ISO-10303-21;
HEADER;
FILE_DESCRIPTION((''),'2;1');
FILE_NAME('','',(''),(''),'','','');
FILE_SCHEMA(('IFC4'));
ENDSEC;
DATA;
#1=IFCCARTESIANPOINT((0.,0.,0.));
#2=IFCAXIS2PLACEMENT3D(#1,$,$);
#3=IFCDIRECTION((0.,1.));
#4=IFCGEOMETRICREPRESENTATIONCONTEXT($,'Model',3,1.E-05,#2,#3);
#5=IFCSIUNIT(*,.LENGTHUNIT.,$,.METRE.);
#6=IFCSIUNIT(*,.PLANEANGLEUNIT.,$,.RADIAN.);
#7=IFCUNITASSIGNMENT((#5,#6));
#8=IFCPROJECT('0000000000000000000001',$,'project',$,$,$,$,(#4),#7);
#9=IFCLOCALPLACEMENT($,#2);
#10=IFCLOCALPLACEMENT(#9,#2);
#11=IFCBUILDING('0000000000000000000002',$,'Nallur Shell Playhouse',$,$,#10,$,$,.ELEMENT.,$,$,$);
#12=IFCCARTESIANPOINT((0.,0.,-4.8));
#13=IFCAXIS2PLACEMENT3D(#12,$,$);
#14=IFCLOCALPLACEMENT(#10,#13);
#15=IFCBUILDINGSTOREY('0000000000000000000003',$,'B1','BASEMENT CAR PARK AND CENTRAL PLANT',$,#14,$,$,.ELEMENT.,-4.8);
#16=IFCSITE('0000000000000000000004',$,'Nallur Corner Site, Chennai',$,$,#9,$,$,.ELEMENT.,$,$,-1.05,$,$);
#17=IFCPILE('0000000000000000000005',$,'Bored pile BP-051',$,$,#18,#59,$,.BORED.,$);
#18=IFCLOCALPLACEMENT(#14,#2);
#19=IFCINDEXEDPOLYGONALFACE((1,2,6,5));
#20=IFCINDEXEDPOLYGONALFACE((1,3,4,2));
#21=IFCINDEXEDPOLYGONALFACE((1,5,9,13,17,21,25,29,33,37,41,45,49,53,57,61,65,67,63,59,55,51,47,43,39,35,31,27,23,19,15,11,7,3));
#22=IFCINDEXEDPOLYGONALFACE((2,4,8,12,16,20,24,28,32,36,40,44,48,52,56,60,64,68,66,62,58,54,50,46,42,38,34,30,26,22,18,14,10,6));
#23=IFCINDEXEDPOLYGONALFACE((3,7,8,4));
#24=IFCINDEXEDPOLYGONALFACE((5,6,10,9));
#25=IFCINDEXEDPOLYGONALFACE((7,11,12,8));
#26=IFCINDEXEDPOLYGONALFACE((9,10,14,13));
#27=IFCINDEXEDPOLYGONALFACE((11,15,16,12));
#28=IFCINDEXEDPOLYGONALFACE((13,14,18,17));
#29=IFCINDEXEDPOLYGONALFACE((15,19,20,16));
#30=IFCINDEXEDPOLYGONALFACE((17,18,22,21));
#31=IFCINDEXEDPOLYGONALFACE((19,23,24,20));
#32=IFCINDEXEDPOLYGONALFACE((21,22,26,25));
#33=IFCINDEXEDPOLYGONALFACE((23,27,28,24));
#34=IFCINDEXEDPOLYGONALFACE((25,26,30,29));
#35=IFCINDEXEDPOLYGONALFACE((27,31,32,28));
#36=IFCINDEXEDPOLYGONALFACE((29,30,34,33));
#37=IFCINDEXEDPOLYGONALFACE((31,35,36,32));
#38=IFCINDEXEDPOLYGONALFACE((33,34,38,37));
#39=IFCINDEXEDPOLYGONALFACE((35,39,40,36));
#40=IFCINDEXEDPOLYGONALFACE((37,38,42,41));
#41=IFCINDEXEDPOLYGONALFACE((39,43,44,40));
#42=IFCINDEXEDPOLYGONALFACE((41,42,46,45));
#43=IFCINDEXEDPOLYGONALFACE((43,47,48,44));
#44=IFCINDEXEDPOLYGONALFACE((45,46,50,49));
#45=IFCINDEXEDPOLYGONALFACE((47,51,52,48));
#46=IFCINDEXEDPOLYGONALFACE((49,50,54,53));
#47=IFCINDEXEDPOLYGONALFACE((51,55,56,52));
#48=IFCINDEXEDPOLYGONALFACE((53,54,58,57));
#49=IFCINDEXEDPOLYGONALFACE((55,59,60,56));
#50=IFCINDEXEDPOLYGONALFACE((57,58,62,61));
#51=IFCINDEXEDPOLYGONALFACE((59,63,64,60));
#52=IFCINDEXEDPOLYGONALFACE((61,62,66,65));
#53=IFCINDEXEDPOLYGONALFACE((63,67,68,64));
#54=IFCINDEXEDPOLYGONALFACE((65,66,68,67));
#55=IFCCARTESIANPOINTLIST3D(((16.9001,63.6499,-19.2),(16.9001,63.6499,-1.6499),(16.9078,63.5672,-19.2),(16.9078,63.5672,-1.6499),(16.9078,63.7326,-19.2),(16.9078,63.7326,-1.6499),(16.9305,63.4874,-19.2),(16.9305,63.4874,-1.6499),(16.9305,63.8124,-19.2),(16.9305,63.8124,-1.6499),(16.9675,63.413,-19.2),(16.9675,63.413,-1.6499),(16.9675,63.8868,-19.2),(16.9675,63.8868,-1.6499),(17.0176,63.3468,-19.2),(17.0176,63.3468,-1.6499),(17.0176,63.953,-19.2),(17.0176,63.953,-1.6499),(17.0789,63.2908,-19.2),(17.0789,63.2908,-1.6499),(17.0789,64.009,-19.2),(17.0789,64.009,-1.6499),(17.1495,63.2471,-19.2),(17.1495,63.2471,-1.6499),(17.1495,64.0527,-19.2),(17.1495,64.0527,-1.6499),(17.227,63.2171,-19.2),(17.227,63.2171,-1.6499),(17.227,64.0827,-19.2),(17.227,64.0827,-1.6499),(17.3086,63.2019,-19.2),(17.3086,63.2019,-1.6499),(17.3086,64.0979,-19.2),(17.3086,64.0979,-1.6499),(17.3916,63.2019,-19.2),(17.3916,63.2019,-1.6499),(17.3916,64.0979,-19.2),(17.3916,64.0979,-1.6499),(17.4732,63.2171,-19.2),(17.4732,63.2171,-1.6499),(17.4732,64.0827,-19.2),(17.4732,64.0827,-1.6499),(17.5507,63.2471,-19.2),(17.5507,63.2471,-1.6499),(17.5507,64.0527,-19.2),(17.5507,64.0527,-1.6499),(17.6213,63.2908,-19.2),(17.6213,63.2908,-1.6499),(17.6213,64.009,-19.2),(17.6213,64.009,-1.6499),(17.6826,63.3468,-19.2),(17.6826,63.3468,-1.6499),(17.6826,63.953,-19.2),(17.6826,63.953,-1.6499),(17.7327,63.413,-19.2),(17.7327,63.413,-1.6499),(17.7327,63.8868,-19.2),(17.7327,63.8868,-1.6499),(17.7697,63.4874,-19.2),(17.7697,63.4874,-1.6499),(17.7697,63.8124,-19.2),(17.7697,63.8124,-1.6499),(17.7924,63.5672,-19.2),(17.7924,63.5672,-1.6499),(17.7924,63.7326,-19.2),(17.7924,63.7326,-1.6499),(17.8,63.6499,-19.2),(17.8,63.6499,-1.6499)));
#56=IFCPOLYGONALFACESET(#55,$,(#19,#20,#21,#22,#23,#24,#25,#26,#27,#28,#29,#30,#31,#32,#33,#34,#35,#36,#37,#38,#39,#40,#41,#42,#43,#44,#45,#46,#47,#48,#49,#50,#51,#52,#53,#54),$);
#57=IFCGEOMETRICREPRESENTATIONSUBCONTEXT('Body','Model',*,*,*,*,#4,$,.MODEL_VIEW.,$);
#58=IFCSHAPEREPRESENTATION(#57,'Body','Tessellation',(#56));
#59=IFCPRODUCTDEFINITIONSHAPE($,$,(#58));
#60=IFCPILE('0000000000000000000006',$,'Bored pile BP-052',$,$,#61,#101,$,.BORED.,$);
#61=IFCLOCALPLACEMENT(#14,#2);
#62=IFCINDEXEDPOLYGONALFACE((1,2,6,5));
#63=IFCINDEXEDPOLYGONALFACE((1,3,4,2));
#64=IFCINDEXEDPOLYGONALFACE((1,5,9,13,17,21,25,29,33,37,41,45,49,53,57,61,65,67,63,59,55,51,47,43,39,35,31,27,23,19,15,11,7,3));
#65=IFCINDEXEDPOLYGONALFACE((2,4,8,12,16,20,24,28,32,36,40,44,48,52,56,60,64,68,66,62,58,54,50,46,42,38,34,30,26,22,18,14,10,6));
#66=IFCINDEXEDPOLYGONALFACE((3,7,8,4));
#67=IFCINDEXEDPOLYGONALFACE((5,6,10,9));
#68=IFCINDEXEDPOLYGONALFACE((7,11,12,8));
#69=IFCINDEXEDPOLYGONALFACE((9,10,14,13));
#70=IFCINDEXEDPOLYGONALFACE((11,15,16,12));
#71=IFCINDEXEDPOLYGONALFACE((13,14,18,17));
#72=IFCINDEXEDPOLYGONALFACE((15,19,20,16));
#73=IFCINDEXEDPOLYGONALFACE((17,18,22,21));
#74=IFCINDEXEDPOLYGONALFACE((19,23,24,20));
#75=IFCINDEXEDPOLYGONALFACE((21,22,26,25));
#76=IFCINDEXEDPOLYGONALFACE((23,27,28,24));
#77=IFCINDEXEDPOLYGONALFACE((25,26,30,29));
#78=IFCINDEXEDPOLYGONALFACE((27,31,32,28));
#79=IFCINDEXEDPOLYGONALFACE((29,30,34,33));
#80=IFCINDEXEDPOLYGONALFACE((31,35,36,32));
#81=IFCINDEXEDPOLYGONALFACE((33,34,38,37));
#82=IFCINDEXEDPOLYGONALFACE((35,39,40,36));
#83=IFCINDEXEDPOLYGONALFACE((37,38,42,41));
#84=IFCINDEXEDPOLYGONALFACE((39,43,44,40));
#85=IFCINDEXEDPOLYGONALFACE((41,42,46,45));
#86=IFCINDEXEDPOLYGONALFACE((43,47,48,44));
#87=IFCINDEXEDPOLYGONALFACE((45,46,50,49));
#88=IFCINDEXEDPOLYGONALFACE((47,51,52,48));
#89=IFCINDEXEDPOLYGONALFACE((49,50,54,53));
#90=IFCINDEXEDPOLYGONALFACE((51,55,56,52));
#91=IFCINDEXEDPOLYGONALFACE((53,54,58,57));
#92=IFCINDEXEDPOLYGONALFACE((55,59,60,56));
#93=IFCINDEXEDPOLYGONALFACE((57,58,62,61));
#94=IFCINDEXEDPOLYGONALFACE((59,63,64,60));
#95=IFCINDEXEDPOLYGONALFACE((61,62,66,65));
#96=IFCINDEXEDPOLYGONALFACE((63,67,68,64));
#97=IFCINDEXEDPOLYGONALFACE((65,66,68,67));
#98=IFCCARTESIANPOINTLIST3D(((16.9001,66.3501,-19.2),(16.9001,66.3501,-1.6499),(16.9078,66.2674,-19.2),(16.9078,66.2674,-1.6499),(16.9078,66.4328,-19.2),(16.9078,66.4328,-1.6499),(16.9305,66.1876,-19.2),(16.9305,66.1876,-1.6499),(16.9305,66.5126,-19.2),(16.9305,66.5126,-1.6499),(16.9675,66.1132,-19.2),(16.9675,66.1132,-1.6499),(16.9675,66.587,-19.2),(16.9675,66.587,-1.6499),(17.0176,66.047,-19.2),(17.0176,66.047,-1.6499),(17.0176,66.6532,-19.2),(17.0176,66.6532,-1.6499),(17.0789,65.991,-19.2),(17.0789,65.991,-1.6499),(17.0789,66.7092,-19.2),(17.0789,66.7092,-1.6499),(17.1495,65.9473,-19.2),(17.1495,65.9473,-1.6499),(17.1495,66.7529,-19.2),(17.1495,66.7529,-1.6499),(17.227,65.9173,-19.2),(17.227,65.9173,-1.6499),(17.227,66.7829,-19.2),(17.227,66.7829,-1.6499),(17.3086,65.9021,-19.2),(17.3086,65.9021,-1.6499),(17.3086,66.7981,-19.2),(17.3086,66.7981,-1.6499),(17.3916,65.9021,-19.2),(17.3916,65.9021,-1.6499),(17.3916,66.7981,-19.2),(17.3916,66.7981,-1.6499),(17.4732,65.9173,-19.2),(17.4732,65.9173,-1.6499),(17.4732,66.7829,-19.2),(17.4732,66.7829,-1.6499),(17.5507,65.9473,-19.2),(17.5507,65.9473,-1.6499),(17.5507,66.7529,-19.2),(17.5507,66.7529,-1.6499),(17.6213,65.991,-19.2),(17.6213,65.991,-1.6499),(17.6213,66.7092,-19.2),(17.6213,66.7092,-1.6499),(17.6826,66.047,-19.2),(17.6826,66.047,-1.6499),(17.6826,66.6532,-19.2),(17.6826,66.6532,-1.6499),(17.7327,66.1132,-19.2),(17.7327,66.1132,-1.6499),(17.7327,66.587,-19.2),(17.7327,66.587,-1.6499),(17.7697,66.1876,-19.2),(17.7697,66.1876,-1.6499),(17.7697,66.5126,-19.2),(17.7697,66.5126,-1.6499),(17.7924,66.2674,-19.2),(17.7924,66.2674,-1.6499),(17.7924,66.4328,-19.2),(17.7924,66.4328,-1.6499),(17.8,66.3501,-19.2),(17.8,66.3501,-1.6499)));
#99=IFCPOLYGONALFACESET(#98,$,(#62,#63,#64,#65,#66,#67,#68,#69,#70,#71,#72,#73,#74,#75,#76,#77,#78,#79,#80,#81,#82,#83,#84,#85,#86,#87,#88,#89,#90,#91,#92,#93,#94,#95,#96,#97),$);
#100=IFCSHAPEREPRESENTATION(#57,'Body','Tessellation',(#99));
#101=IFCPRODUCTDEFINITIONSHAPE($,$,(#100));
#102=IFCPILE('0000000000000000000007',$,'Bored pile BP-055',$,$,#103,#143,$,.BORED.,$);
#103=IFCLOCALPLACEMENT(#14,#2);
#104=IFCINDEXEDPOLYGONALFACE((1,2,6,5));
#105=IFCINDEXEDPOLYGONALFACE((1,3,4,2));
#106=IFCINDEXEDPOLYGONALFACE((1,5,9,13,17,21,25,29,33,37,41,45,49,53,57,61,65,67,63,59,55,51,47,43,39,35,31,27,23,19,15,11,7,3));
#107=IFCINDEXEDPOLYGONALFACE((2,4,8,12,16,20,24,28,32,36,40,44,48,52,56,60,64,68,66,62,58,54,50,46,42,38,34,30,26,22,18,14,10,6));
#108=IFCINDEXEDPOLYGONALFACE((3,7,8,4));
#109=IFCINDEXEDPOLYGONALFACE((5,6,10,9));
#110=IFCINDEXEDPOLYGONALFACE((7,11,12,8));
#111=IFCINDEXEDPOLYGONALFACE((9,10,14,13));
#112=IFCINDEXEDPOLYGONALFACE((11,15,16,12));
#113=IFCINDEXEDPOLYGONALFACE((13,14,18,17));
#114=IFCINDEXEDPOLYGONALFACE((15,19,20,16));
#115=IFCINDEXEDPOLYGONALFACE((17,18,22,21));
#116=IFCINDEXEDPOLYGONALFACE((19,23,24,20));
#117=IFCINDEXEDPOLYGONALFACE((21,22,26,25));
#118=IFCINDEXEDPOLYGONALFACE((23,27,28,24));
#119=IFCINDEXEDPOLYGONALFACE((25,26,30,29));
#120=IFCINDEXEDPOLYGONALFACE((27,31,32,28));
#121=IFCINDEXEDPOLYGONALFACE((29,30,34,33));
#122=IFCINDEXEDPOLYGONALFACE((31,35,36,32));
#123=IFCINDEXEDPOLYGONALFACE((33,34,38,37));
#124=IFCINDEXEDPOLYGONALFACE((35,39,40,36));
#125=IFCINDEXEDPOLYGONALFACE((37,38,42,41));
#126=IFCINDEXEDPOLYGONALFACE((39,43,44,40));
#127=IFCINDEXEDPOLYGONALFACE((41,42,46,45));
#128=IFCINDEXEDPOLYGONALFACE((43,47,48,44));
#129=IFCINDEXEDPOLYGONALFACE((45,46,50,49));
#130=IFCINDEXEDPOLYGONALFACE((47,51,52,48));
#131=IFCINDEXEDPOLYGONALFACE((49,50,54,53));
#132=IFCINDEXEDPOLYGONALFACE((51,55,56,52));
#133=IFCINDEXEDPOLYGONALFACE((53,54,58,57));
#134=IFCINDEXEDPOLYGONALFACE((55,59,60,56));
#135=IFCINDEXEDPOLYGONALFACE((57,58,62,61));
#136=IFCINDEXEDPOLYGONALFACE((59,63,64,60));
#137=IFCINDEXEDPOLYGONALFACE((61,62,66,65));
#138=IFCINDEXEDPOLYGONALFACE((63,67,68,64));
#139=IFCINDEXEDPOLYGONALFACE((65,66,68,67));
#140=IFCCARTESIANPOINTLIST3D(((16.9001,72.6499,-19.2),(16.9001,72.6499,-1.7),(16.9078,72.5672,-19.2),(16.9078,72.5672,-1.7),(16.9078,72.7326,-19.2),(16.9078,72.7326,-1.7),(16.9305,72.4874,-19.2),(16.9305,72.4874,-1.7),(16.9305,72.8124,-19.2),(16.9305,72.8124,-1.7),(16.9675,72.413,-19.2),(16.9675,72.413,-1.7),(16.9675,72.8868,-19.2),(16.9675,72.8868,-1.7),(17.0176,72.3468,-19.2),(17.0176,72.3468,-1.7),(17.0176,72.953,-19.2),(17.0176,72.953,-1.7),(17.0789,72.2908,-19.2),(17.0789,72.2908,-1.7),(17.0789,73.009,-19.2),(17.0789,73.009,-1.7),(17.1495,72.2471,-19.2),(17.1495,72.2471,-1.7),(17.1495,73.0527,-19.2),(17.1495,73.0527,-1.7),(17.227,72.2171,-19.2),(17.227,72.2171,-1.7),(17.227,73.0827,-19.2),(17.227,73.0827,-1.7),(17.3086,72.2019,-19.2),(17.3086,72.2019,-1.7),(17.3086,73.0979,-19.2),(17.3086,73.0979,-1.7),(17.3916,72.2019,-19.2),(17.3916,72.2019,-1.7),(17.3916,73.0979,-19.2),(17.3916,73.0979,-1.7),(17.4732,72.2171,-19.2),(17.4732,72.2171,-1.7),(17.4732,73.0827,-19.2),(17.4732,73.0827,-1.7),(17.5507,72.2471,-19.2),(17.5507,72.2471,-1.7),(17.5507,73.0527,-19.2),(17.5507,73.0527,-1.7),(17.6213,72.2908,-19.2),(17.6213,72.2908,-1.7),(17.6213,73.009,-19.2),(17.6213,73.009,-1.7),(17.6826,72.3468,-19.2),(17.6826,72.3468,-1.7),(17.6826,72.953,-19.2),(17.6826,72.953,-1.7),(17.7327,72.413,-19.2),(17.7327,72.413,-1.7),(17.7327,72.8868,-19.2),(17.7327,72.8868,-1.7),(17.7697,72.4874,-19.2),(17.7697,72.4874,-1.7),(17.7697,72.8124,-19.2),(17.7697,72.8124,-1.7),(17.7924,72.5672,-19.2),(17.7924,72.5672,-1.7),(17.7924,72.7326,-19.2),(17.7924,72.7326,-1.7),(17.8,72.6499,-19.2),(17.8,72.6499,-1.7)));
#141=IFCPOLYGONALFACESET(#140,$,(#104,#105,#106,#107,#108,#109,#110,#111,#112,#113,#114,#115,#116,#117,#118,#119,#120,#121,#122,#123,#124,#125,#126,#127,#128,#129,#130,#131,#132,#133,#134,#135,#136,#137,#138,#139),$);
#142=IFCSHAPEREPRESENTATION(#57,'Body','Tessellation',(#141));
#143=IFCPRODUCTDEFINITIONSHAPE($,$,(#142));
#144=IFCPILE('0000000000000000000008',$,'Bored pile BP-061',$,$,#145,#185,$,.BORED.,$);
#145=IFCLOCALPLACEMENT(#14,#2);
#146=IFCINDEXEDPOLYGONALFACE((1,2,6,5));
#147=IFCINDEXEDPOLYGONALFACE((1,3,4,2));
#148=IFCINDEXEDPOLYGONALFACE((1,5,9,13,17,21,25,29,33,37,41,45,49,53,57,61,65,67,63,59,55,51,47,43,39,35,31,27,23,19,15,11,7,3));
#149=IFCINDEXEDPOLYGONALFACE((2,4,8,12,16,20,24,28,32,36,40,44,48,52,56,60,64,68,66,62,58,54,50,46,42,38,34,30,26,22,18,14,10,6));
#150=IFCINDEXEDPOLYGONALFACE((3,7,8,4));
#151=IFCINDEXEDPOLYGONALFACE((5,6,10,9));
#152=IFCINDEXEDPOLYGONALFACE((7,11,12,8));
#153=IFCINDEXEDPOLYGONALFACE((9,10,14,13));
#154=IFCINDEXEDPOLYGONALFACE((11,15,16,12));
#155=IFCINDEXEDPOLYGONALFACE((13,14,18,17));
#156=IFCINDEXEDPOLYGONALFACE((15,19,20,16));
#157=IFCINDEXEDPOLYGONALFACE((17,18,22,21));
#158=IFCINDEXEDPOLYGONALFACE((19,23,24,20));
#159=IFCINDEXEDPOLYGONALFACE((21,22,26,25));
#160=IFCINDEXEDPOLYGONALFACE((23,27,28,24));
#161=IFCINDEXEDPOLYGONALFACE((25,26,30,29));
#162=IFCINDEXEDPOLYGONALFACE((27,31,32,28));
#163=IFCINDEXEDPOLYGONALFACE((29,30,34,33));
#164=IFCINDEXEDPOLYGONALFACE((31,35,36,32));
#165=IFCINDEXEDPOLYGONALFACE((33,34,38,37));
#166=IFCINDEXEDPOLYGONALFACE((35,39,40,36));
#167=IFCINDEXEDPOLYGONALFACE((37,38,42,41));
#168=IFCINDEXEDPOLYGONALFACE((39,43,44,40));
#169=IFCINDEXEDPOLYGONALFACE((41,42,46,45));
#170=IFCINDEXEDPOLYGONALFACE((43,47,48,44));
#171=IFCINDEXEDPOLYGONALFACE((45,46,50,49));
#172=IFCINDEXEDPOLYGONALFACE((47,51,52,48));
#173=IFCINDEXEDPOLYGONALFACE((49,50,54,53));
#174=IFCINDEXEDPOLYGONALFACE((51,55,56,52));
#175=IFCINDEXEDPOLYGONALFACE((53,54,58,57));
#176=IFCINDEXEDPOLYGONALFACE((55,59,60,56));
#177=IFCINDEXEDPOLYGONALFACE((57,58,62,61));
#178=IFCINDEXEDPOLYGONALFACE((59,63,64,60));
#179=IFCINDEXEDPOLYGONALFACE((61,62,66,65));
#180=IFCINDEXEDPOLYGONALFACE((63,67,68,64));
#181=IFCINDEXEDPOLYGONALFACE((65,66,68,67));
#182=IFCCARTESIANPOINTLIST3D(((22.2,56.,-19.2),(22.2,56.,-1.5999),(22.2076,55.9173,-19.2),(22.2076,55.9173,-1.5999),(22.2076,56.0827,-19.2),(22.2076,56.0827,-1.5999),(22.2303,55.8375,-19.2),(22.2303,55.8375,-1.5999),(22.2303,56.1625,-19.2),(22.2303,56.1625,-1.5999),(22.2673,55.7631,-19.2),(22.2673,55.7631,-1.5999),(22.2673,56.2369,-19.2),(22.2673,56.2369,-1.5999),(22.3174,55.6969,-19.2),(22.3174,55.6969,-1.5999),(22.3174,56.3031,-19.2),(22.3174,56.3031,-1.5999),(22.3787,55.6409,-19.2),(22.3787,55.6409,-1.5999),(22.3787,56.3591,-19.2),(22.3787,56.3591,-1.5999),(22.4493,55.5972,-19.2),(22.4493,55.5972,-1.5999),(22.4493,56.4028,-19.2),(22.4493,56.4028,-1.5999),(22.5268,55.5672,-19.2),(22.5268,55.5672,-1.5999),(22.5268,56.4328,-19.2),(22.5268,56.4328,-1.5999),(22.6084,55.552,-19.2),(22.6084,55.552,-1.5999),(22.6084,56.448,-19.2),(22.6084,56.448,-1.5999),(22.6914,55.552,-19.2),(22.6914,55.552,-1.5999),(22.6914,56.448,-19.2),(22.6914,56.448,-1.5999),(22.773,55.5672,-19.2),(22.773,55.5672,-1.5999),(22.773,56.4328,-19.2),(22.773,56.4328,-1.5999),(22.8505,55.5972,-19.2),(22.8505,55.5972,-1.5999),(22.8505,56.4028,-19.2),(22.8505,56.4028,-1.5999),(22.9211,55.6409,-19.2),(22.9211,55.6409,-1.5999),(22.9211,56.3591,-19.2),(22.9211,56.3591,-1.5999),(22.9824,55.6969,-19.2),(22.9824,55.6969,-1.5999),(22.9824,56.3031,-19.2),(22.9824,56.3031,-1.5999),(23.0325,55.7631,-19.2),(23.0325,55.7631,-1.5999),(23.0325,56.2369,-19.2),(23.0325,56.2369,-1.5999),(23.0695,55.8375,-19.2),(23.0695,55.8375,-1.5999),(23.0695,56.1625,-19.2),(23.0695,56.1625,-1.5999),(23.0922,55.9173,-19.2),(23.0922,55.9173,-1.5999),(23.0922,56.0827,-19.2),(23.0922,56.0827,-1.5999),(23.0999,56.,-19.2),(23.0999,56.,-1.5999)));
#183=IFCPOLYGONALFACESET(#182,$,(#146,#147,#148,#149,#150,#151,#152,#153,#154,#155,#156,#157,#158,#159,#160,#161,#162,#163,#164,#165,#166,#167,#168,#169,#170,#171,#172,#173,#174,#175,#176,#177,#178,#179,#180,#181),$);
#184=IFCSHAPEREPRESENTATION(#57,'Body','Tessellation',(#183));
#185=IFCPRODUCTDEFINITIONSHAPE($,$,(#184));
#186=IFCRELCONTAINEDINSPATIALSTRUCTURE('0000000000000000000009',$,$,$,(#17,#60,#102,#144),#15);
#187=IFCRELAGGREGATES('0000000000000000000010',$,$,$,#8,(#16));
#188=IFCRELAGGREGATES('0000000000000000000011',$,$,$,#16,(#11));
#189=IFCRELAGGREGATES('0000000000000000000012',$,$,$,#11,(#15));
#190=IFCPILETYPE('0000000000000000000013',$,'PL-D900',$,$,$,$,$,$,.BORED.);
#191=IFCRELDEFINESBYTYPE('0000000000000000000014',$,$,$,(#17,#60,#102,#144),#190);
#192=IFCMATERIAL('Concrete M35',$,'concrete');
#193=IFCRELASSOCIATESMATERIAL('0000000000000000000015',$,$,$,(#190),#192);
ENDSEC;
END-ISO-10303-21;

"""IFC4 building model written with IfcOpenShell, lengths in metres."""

from ifc_helpers import new_model, si_unit, direction, frame, origin, origin_2d, place, context, subcontext, project, spatial, circle, extrude, material, material_profile, profile_set, type_object, element, save


model = new_model("IFC4")

# Units and contexts
model_context = context("Model", 3, precision=1e-05, world=origin(), true_north=direction((0.0, 1.0)))
body_context = subcontext(model_context, "Body", "Model", "MODEL_VIEW")
ifc_project = project(units=[si_unit("LENGTHUNIT", "METRE"), si_unit("PLANEANGLEUNIT", "RADIAN")], contexts=[model_context])

# Site, building, storey
site_placement = place(None, origin())
site = spatial("IfcSite", under=ifc_project, at=site_placement, Name="Nallur Corner Site, Chennai", CompositionType="ELEMENT", RefElevation=-1.05)
building_placement = place(site_placement, origin())
building = spatial("IfcBuilding", under=site, at=building_placement, Name="Nallur Shell Playhouse", CompositionType="ELEMENT")
storey_placement = place(building_placement, frame((0.0, 0.0, -4.8)))
storey = spatial("IfcBuildingStorey", under=building, at=storey_placement, Name="B1", Description="BASEMENT CAR PARK AND CENTRAL PLANT", CompositionType="ELEMENT", Elevation=-4.8)

# Shared definitions
ifc_material_1 = material(Name="Concrete M35", Category="concrete")

# Piles
ifc_material_profile_1 = material_profile(ifc_material_1, circle(Radius=0.45, at=origin_2d()), Name="BORED PILE D900")
ifc_profile_set_1 = profile_set([ifc_material_profile_1], Name="Concrete M35")
pile_type = type_object("IfcPileType", Name="PL-D900", PredefinedType="BORED", material=ifc_profile_set_1)
for number, where, z_axis, x_axis, name in (
    (1, (17.3501, 63.6499, -1.6499), (0.0, 0.0, -1.0), (1.0, 0.0, 0.0), "Bored pile BP-051"),
    (2, (17.3501, 66.3501, -1.6499), (0.0, 0.0, -1.0), (1.0, 0.0, 0.0), "Bored pile BP-052"),
):
    element("IfcPile", number, at=place(storey_placement, frame(where, z_axis=z_axis, x_axis=x_axis)), inside=storey, type_object=pile_type, Name=name, PredefinedType="BORED", context=body_context, shape_type="SweptSolid", body=[
        extrude(circle(Radius=0.45, at=origin_2d()), origin(), (0.0, 0.0, 1.0), 17.55),
    ])
pile_1_placement = place(storey_placement, frame((17.3501, 72.6499, -1.7), z_axis=(0.0, 0.0, -1.0), x_axis=(1.0, 0.0, 0.0)))
element("IfcPile", 3, at=pile_1_placement, inside=storey, type_object=pile_type, Name="Bored pile BP-055", PredefinedType="BORED", context=body_context, shape_type="SweptSolid", body=[
    extrude(circle(Radius=0.45, at=origin_2d()), origin(), (0.0, 0.0, 1.0), 17.5),
])
for number, where, z_axis, x_axis, name in (
    (4, (22.6499, 56.0, -1.5999), (0.0, 0.0, -1.0), (1.0, 0.0, 0.0), "Bored pile BP-061"),
):
    element("IfcPile", number, at=place(storey_placement, frame(where, z_axis=z_axis, x_axis=x_axis)), inside=storey, type_object=pile_type, Name=name, PredefinedType="BORED", context=body_context, shape_type="SweptSolid", body=[
        extrude(circle(Radius=0.45, at=origin_2d()), origin(), (0.0, 0.0, 1.0), 17.6001),
    ])

save(model, "model.ifc")
